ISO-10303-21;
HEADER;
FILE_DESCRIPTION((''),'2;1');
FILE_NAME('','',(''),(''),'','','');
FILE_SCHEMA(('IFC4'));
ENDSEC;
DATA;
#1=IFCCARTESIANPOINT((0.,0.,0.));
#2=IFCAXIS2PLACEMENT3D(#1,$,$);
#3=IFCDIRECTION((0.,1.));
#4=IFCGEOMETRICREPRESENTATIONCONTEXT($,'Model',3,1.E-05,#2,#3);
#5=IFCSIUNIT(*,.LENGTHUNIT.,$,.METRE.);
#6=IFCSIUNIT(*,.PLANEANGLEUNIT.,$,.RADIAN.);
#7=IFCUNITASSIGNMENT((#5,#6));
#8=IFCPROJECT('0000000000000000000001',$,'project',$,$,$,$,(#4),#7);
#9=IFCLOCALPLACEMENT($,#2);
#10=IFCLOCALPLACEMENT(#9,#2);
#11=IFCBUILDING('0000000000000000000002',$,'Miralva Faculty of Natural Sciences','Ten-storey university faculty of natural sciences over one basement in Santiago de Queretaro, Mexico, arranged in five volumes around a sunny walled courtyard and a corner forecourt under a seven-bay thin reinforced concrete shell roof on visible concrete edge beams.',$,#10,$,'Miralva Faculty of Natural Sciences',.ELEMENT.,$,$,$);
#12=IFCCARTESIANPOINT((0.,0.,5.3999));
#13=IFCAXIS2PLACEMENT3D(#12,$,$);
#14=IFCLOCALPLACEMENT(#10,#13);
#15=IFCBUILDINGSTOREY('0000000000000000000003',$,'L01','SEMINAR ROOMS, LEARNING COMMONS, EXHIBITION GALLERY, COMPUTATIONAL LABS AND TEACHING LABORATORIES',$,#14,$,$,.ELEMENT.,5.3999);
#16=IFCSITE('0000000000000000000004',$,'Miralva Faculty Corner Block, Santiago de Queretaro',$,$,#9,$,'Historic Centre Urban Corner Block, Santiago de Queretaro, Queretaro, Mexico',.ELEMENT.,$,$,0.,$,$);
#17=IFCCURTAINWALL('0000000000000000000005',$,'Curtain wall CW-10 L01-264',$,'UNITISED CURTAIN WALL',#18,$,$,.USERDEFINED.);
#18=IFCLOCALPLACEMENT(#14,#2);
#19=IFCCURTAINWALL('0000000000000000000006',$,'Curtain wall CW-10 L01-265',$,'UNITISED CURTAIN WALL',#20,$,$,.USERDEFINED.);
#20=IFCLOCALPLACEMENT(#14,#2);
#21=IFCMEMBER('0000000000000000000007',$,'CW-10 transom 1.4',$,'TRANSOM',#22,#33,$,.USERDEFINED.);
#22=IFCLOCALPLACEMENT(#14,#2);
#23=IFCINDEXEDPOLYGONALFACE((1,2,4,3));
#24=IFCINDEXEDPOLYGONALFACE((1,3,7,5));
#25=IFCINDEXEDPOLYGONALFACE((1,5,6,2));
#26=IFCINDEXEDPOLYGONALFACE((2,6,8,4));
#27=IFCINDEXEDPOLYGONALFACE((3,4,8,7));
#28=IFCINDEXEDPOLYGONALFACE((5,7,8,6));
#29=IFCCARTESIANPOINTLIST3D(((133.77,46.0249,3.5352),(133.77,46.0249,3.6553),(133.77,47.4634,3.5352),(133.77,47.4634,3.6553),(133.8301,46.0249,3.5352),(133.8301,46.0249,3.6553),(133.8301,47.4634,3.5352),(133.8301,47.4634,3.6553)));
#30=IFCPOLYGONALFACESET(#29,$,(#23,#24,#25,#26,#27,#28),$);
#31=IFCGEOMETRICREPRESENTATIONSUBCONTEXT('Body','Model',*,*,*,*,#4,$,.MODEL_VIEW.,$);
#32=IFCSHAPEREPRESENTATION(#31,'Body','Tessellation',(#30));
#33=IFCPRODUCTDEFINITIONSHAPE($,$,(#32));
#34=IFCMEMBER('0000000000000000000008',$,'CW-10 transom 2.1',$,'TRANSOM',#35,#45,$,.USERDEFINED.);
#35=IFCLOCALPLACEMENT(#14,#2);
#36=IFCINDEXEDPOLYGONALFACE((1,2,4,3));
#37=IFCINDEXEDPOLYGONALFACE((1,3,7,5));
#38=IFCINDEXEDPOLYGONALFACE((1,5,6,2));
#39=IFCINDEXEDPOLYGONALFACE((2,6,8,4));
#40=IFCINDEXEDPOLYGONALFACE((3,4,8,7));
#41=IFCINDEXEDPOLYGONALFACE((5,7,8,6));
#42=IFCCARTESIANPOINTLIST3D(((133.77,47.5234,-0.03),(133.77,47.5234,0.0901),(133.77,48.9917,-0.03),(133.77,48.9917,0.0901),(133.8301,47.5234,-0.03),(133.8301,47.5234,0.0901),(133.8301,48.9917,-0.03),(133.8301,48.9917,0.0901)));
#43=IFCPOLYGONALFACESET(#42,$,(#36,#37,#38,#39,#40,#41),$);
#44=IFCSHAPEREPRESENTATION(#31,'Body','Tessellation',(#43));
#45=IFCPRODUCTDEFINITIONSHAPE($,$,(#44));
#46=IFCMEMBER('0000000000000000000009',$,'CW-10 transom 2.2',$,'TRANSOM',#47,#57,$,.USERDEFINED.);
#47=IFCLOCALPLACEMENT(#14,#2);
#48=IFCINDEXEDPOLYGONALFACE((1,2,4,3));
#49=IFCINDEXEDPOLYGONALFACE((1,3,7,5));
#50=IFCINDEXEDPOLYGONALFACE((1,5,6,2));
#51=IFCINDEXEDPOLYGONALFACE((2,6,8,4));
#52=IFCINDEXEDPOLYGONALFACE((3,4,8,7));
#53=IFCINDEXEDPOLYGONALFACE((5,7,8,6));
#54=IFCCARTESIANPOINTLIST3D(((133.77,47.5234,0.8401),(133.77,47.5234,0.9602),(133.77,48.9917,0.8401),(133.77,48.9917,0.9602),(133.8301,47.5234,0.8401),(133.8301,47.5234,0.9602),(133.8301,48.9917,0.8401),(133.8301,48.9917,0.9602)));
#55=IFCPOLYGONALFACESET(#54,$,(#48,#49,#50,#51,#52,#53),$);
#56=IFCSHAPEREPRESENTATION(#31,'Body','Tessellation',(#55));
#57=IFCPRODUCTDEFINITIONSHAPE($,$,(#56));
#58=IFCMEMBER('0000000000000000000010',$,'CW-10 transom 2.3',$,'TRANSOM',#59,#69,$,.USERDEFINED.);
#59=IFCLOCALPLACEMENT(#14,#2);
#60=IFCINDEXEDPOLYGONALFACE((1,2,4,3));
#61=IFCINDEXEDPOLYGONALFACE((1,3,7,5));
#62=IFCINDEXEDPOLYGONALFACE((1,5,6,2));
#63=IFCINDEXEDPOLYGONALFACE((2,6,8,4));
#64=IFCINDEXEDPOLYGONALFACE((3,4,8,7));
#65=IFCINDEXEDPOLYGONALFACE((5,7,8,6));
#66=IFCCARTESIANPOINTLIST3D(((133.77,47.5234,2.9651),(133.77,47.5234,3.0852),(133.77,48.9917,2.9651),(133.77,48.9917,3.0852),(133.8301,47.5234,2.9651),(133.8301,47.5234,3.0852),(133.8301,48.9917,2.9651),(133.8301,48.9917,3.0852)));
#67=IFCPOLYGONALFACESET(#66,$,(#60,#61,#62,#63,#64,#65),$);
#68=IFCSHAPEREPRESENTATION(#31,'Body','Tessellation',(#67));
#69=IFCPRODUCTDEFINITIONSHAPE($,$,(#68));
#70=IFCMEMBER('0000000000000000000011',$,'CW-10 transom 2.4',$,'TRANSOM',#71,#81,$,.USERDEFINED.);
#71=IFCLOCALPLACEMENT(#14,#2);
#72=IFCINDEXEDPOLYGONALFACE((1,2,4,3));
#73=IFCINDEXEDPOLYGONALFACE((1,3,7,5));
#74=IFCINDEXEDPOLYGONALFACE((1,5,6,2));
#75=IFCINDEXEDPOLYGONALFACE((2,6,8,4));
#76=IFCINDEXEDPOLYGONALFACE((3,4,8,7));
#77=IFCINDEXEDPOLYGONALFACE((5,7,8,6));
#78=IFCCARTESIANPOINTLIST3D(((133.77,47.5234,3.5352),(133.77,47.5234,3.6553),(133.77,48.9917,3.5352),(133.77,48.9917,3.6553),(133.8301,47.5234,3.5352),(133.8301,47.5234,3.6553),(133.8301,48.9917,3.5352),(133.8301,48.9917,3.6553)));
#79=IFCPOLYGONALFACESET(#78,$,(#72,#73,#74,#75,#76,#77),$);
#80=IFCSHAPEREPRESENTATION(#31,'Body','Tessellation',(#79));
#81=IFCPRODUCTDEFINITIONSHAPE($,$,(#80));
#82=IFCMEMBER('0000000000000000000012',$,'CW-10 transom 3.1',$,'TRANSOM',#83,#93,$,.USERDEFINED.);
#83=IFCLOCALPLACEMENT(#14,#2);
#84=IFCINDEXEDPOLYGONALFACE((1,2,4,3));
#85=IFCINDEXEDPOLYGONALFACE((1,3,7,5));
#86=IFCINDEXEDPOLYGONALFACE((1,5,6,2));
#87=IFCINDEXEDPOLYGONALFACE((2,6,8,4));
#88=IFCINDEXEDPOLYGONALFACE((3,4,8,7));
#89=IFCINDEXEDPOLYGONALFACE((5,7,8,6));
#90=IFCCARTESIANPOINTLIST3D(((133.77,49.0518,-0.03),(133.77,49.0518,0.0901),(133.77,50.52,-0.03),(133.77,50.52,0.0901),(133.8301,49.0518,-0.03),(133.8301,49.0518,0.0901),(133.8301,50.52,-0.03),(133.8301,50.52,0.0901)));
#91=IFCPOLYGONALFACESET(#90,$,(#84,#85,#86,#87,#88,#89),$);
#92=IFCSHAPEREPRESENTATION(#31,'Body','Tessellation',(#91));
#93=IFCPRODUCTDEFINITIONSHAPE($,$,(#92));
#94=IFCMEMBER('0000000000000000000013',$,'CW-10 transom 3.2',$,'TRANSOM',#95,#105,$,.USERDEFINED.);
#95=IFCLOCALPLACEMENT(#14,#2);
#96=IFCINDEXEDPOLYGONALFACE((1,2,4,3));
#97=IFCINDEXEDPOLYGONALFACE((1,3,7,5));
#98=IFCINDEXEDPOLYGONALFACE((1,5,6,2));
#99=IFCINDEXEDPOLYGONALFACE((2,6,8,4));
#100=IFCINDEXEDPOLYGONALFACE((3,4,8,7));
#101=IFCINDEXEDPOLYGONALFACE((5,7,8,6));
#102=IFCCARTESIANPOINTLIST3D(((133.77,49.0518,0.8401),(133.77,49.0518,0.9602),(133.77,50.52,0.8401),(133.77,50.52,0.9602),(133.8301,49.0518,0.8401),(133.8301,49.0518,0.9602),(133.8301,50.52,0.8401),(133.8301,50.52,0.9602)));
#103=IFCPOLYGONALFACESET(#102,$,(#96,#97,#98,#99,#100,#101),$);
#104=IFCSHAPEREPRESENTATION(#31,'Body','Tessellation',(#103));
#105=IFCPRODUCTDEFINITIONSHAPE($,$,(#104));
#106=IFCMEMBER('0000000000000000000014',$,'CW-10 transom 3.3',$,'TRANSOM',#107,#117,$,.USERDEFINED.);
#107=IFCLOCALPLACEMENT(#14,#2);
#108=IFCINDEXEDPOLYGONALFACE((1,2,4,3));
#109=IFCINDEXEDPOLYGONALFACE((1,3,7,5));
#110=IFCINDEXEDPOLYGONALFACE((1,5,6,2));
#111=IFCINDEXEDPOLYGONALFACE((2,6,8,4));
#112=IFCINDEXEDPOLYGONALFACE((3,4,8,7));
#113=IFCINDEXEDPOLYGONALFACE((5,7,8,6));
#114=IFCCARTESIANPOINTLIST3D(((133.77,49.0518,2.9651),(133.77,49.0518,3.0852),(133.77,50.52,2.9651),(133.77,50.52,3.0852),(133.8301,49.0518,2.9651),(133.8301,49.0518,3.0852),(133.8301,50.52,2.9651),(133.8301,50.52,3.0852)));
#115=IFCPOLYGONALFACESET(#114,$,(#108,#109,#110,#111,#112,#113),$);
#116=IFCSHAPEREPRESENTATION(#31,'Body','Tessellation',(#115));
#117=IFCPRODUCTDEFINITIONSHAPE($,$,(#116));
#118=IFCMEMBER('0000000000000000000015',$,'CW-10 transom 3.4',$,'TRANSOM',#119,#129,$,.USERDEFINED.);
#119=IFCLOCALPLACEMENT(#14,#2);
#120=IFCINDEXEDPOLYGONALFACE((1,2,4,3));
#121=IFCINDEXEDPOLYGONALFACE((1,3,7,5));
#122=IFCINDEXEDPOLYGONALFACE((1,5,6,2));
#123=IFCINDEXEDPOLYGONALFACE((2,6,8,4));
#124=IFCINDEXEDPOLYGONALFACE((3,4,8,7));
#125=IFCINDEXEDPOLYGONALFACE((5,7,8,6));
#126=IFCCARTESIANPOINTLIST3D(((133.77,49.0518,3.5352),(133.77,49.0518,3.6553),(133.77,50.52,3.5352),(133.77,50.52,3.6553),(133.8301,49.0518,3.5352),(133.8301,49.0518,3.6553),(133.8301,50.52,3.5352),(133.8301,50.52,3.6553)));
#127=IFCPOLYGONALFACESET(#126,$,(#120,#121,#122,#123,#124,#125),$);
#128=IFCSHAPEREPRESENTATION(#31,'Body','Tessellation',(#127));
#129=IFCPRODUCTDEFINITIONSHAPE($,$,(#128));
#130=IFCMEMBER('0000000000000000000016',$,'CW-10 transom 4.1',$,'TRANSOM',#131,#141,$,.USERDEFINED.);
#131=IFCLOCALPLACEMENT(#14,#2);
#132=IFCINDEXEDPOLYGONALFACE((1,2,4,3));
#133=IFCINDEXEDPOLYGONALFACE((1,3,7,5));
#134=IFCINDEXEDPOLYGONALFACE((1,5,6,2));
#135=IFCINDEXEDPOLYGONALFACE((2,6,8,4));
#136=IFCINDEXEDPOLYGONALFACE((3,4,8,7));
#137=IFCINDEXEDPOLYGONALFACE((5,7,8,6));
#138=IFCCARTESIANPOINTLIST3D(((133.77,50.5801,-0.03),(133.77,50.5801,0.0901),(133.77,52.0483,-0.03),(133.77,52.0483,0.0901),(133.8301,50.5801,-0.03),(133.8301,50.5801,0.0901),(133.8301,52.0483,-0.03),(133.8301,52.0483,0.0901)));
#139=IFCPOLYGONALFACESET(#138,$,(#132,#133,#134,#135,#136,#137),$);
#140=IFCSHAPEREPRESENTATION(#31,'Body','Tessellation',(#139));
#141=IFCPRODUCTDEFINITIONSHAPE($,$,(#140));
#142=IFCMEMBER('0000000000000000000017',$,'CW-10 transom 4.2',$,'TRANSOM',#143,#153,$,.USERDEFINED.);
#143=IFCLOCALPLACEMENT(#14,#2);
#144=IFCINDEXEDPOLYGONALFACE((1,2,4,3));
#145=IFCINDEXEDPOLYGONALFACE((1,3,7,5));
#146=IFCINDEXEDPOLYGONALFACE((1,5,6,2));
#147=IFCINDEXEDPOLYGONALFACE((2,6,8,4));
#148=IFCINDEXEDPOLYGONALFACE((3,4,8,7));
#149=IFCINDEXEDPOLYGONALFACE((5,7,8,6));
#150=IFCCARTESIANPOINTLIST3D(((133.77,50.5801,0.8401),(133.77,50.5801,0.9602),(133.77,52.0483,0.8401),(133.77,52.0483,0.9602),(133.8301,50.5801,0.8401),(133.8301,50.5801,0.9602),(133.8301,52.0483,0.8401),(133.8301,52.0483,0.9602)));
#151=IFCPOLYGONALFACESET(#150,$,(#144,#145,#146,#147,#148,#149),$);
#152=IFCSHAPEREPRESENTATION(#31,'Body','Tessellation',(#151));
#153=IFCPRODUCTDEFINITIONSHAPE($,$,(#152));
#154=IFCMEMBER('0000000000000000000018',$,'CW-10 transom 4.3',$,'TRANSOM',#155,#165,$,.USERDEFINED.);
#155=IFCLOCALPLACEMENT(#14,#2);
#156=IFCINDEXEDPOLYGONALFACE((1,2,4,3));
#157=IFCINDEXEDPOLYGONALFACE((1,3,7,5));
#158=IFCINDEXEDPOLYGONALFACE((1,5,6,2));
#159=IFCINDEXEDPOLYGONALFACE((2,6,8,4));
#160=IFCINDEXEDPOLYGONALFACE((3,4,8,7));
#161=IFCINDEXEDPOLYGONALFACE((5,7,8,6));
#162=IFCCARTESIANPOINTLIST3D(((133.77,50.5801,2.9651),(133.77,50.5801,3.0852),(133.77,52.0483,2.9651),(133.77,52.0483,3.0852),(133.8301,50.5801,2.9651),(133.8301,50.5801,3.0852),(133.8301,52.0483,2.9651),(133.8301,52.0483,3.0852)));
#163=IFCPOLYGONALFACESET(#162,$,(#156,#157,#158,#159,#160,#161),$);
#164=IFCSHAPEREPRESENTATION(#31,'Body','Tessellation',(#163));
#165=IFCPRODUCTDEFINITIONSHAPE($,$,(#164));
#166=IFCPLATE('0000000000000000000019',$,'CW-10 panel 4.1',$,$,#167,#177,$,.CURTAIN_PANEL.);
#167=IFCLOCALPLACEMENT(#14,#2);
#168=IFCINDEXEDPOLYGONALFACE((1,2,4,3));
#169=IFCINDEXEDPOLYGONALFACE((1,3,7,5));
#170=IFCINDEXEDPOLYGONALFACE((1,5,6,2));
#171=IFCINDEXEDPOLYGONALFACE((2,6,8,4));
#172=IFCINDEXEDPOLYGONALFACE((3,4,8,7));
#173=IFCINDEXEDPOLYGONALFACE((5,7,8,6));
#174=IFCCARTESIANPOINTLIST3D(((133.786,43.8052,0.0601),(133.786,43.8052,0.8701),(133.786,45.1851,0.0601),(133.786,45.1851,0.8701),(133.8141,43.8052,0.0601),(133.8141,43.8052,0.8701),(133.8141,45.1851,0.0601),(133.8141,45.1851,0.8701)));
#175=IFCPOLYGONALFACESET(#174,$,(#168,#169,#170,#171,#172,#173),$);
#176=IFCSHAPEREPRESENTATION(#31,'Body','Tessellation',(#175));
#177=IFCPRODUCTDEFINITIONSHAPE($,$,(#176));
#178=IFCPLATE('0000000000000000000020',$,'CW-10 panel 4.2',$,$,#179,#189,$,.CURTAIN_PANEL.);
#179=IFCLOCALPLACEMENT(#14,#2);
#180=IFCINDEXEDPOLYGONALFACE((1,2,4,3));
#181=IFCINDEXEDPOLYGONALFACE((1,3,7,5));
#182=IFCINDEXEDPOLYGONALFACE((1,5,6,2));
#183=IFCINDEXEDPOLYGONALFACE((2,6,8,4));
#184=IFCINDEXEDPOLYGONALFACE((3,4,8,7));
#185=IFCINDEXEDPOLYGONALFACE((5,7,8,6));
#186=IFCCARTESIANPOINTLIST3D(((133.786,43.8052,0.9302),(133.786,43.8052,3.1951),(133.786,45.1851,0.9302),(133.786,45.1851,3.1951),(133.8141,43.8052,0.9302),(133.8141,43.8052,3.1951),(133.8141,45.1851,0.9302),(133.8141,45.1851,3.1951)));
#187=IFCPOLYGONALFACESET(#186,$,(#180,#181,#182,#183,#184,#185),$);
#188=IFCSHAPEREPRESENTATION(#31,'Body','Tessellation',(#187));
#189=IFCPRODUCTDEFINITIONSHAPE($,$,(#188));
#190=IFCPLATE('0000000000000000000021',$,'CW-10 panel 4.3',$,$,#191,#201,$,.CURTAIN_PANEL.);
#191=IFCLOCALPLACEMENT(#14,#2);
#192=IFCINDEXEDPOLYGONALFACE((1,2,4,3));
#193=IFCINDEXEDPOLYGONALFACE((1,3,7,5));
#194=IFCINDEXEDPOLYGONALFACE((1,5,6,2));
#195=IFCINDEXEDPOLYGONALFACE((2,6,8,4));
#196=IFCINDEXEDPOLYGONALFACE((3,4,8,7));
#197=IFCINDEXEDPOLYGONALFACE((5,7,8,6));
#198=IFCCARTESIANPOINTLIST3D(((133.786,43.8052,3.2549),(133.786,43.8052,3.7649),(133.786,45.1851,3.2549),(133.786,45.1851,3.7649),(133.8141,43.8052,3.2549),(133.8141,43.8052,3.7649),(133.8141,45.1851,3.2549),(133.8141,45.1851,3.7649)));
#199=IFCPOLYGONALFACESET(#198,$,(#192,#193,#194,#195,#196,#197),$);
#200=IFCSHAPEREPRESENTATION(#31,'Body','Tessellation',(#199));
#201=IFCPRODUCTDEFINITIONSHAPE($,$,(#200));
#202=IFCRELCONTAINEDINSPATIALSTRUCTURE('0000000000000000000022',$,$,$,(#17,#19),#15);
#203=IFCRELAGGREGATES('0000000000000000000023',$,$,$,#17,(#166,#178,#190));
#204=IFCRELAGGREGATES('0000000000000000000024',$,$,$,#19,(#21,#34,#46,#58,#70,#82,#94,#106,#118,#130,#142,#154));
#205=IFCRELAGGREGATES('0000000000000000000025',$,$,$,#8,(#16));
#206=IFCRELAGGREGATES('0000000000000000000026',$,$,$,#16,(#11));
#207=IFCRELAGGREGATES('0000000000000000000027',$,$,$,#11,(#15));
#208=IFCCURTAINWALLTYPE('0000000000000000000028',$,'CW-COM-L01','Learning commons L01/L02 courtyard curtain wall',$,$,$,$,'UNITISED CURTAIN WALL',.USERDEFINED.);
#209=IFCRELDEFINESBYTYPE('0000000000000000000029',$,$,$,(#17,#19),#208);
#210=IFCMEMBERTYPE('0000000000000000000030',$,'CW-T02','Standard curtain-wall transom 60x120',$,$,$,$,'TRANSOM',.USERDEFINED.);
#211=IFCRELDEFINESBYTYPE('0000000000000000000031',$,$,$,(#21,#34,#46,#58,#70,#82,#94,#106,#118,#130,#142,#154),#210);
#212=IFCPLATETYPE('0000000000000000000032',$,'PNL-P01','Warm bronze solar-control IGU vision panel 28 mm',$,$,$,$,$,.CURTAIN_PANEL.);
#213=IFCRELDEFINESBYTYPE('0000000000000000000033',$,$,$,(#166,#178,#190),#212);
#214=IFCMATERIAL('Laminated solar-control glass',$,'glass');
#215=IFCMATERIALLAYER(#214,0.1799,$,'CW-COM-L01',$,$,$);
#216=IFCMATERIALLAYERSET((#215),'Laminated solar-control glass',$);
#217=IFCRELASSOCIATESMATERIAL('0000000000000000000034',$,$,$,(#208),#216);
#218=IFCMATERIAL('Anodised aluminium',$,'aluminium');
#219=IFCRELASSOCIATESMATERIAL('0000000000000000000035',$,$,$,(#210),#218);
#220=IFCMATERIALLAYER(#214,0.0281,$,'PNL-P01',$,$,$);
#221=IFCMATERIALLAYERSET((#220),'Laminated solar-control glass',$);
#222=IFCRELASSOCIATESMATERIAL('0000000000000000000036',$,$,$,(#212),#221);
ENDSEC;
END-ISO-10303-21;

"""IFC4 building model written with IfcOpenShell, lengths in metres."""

from ifc_helpers import new_model, si_unit, direction, frame, origin, origin_2d, place, context, subcontext, project, spatial, rectangle, extrude, material, layer, layer_set, material_profile, profile_set, type_object, element, aggregate, save


model = new_model("IFC4")

# Units and contexts
model_context = context("Model", 3, precision=1e-05, world=origin(), true_north=direction((0.0, 1.0)))
body_context = subcontext(model_context, "Body", "Model", "MODEL_VIEW")
ifc_project = project(units=[si_unit("LENGTHUNIT", "METRE"), si_unit("PLANEANGLEUNIT", "RADIAN")], contexts=[model_context])

# Site, building, storey
site_placement = place(None, origin())
site = spatial("IfcSite", under=ifc_project, at=site_placement, Name="Miralva Faculty Corner Block, Santiago de Queretaro", LongName="Historic Centre Urban Corner Block, Santiago de Queretaro, Queretaro, Mexico", CompositionType="ELEMENT", RefElevation=0.0)
building_placement = place(site_placement, origin())
building = spatial("IfcBuilding", under=site, at=building_placement, Name="Miralva Faculty of Natural Sciences", Description="Ten-storey university faculty of natural sciences over one basement in Santiago de Queretaro, Mexico, arranged in five volumes around a sunny walled courtyard and a corner forecourt under a seven-bay thin reinforced concrete shell roof on visible concrete edge beams.", LongName="Miralva Faculty of Natural Sciences", CompositionType="ELEMENT")
storey_placement = place(building_placement, frame((0.0, 0.0, 5.3999)))
storey = spatial("IfcBuildingStorey", under=building, at=storey_placement, Name="L01", Description="SEMINAR ROOMS, LEARNING COMMONS, EXHIBITION GALLERY, COMPUTATIONAL LABS AND TEACHING LABORATORIES", CompositionType="ELEMENT", Elevation=5.3999)

# Curtain wall
ifc_material_1 = material(Name="Laminated solar-control glass", Category="glass")
ifc_layer_1 = layer(ifc_material_1, 0.1799, Name="CW-COM-L01")
ifc_layer_set_1 = layer_set([ifc_layer_1], Name="Laminated solar-control glass")
curtain_wall_type = type_object("IfcCurtainWallType", Name="CW-COM-L01", Description="Learning commons L01/L02 courtyard curtain wall", ElementType="UNITISED CURTAIN WALL", PredefinedType="USERDEFINED", material=ifc_layer_set_1)
curtain_wall_1_placement = place(storey_placement, origin())
curtain_wall_1 = element("IfcCurtainWall", 1, at=curtain_wall_1_placement, inside=storey, type_object=curtain_wall_type, Name="Curtain wall CW-10 L01-264", ObjectType="UNITISED CURTAIN WALL", PredefinedType="USERDEFINED")
ifc_material_2 = material(Name="Anodised aluminium", Category="aluminium")

# Curtain wall
curtain_wall_2_placement = place(storey_placement, origin())
curtain_wall_2 = element("IfcCurtainWall", 2, at=curtain_wall_2_placement, inside=storey, type_object=curtain_wall_type, Name="Curtain wall CW-10 L01-265", ObjectType="UNITISED CURTAIN WALL", PredefinedType="USERDEFINED")

# Members
ifc_material_profile_1 = material_profile(ifc_material_2, rectangle(XDim=0.0601, YDim=0.1201, at=origin_2d()), Name="TRANSOM 60x120")
ifc_profile_set_1 = profile_set([ifc_material_profile_1], Name="Anodised aluminium")
member_type_1 = type_object("IfcMemberType", Name="CW-T02", Description="Standard curtain-wall transom 60x120", ElementType="TRANSOM", PredefinedType="USERDEFINED", material=ifc_profile_set_1)
member_1_placement = place(storey_placement, frame((133.8, 46.0249, 3.5952), z_axis=(0.0, 1.0, 0.0), x_axis=(-1.0, 0.0, 0.0)))
member_1 = element("IfcMember", 3, at=member_1_placement, type_object=member_type_1, Name="CW-10 transom 1.4", ObjectType="TRANSOM", PredefinedType="USERDEFINED", context=body_context, shape_type="SweptSolid", body=[
    extrude(rectangle(XDim=0.0601, YDim=0.1201, at=origin_2d()), origin(), (0.0, 0.0, 1.0), 1.4385),
])
member_2_placement = place(storey_placement, frame((133.8, 47.5234, 0.03), z_axis=(0.0, 1.0, 0.0), x_axis=(-1.0, 0.0, 0.0)))
member_2 = element("IfcMember", 4, at=member_2_placement, type_object=member_type_1, Name="CW-10 transom 2.1", ObjectType="TRANSOM", PredefinedType="USERDEFINED", context=body_context, shape_type="SweptSolid", body=[
    extrude(rectangle(XDim=0.0601, YDim=0.1201, at=origin_2d()), origin(), (0.0, 0.0, 1.0), 1.4683),
])
member_3_placement = place(storey_placement, frame((133.8, 47.5234, 0.9001), z_axis=(0.0, 1.0, 0.0), x_axis=(-1.0, 0.0, 0.0)))
member_3 = element("IfcMember", 5, at=member_3_placement, type_object=member_type_1, Name="CW-10 transom 2.2", ObjectType="TRANSOM", PredefinedType="USERDEFINED", context=body_context, shape_type="SweptSolid", body=[
    extrude(rectangle(XDim=0.0601, YDim=0.1201, at=origin_2d()), origin(), (0.0, 0.0, 1.0), 1.4683),
])
member_4_placement = place(storey_placement, frame((133.8, 47.5234, 3.0251), z_axis=(0.0, 1.0, 0.0), x_axis=(-1.0, 0.0, 0.0)))
member_4 = element("IfcMember", 6, at=member_4_placement, type_object=member_type_1, Name="CW-10 transom 2.3", ObjectType="TRANSOM", PredefinedType="USERDEFINED", context=body_context, shape_type="SweptSolid", body=[
    extrude(rectangle(XDim=0.0601, YDim=0.1201, at=origin_2d()), origin(), (0.0, 0.0, 1.0), 1.4683),
])
member_5_placement = place(storey_placement, frame((133.8, 47.5234, 3.5952), z_axis=(0.0, 1.0, 0.0), x_axis=(-1.0, 0.0, 0.0)))
member_5 = element("IfcMember", 7, at=member_5_placement, type_object=member_type_1, Name="CW-10 transom 2.4", ObjectType="TRANSOM", PredefinedType="USERDEFINED", context=body_context, shape_type="SweptSolid", body=[
    extrude(rectangle(XDim=0.0601, YDim=0.1201, at=origin_2d()), origin(), (0.0, 0.0, 1.0), 1.4683),
])
member_6_placement = place(storey_placement, frame((133.8, 49.0518, 0.03), z_axis=(0.0, 1.0, 0.0), x_axis=(-1.0, 0.0, 0.0)))
member_6 = element("IfcMember", 8, at=member_6_placement, type_object=member_type_1, Name="CW-10 transom 3.1", ObjectType="TRANSOM", PredefinedType="USERDEFINED", context=body_context, shape_type="SweptSolid", body=[
    extrude(rectangle(XDim=0.0601, YDim=0.1201, at=origin_2d()), origin(), (0.0, 0.0, 1.0), 1.4683),
])
member_7_placement = place(storey_placement, frame((133.8, 49.0518, 0.9001), z_axis=(0.0, 1.0, 0.0), x_axis=(-1.0, 0.0, 0.0)))
member_7 = element("IfcMember", 9, at=member_7_placement, type_object=member_type_1, Name="CW-10 transom 3.2", ObjectType="TRANSOM", PredefinedType="USERDEFINED", context=body_context, shape_type="SweptSolid", body=[
    extrude(rectangle(XDim=0.0601, YDim=0.1201, at=origin_2d()), origin(), (0.0, 0.0, 1.0), 1.4683),
])
member_8_placement = place(storey_placement, frame((133.8, 49.0518, 3.0251), z_axis=(0.0, 1.0, 0.0), x_axis=(-1.0, 0.0, 0.0)))
member_8 = element("IfcMember", 10, at=member_8_placement, type_object=member_type_1, Name="CW-10 transom 3.3", ObjectType="TRANSOM", PredefinedType="USERDEFINED", context=body_context, shape_type="SweptSolid", body=[
    extrude(rectangle(XDim=0.0601, YDim=0.1201, at=origin_2d()), origin(), (0.0, 0.0, 1.0), 1.4683),
])
member_9_placement = place(storey_placement, frame((133.8, 49.0518, 3.5952), z_axis=(0.0, 1.0, 0.0), x_axis=(-1.0, 0.0, 0.0)))
member_9 = element("IfcMember", 11, at=member_9_placement, type_object=member_type_1, Name="CW-10 transom 3.4", ObjectType="TRANSOM", PredefinedType="USERDEFINED", context=body_context, shape_type="SweptSolid", body=[
    extrude(rectangle(XDim=0.0601, YDim=0.1201, at=origin_2d()), origin(), (0.0, 0.0, 1.0), 1.4683),
])
member_10_placement = place(storey_placement, frame((133.8, 50.5801, 0.03), z_axis=(0.0, 1.0, 0.0), x_axis=(-1.0, 0.0, 0.0)))
member_10 = element("IfcMember", 12, at=member_10_placement, type_object=member_type_1, Name="CW-10 transom 4.1", ObjectType="TRANSOM", PredefinedType="USERDEFINED", context=body_context, shape_type="SweptSolid", body=[
    extrude(rectangle(XDim=0.0601, YDim=0.1201, at=origin_2d()), origin(), (0.0, 0.0, 1.0), 1.4683),
])
member_11_placement = place(storey_placement, frame((133.8, 50.5801, 0.9001), z_axis=(0.0, 1.0, 0.0), x_axis=(-1.0, 0.0, 0.0)))
member_11 = element("IfcMember", 13, at=member_11_placement, type_object=member_type_1, Name="CW-10 transom 4.2", ObjectType="TRANSOM", PredefinedType="USERDEFINED", context=body_context, shape_type="SweptSolid", body=[
    extrude(rectangle(XDim=0.0601, YDim=0.1201, at=origin_2d()), origin(), (0.0, 0.0, 1.0), 1.4683),
])
member_12_placement = place(storey_placement, frame((133.8, 50.5801, 3.0251), z_axis=(0.0, 1.0, 0.0), x_axis=(-1.0, 0.0, 0.0)))
member_12 = element("IfcMember", 14, at=member_12_placement, type_object=member_type_1, Name="CW-10 transom 4.3", ObjectType="TRANSOM", PredefinedType="USERDEFINED", context=body_context, shape_type="SweptSolid", body=[
    extrude(rectangle(XDim=0.0601, YDim=0.1201, at=origin_2d()), origin(), (0.0, 0.0, 1.0), 1.4683),
])

# Plates
ifc_layer_2 = layer(ifc_material_1, 0.0281, Name="PNL-P01")
ifc_layer_set_2 = layer_set([ifc_layer_2], Name="Laminated solar-control glass")
plate_type = type_object("IfcPlateType", Name="PNL-P01", Description="Warm bronze solar-control IGU vision panel 28 mm", PredefinedType="CURTAIN_PANEL", material=ifc_layer_set_2)
plate_1_placement = place(storey_placement, frame((133.8, 44.4951, 0.0601), z_axis=(0.0, 0.0, 1.0), x_axis=(0.0, 1.0, 0.0)))
plate_1 = element("IfcPlate", 15, at=plate_1_placement, type_object=plate_type, Name="CW-10 panel 4.1", PredefinedType="CURTAIN_PANEL", context=body_context, shape_type="SweptSolid", body=[
    extrude(rectangle(XDim=1.3799, YDim=0.0281, at=origin_2d()), origin(), (0.0, 0.0, 1.0), 0.8101),
])
plate_2_placement = place(storey_placement, frame((133.8, 44.4951, 0.9302), z_axis=(0.0, 0.0, 1.0), x_axis=(0.0, 1.0, 0.0)))
plate_2 = element("IfcPlate", 16, at=plate_2_placement, type_object=plate_type, Name="CW-10 panel 4.2", PredefinedType="CURTAIN_PANEL", context=body_context, shape_type="SweptSolid", body=[
    extrude(rectangle(XDim=1.3799, YDim=0.0281, at=origin_2d()), origin(), (0.0, 0.0, 1.0), 2.2649),
])
plate_3_placement = place(storey_placement, frame((133.8, 44.4951, 3.2549), z_axis=(0.0, 0.0, 1.0), x_axis=(0.0, 1.0, 0.0)))
plate_3 = element("IfcPlate", 17, at=plate_3_placement, type_object=plate_type, Name="CW-10 panel 4.3", PredefinedType="CURTAIN_PANEL", context=body_context, shape_type="SweptSolid", body=[
    extrude(rectangle(XDim=1.3799, YDim=0.0281, at=origin_2d()), origin(), (0.0, 0.0, 1.0), 0.51),
])
aggregate(curtain_wall_1, [plate_1, plate_2, plate_3])
aggregate(curtain_wall_2, [member_1, member_2, member_3, member_4, member_5, member_6, member_7, member_8, member_9, member_10, member_11, member_12])

save(model, "model.ifc")
